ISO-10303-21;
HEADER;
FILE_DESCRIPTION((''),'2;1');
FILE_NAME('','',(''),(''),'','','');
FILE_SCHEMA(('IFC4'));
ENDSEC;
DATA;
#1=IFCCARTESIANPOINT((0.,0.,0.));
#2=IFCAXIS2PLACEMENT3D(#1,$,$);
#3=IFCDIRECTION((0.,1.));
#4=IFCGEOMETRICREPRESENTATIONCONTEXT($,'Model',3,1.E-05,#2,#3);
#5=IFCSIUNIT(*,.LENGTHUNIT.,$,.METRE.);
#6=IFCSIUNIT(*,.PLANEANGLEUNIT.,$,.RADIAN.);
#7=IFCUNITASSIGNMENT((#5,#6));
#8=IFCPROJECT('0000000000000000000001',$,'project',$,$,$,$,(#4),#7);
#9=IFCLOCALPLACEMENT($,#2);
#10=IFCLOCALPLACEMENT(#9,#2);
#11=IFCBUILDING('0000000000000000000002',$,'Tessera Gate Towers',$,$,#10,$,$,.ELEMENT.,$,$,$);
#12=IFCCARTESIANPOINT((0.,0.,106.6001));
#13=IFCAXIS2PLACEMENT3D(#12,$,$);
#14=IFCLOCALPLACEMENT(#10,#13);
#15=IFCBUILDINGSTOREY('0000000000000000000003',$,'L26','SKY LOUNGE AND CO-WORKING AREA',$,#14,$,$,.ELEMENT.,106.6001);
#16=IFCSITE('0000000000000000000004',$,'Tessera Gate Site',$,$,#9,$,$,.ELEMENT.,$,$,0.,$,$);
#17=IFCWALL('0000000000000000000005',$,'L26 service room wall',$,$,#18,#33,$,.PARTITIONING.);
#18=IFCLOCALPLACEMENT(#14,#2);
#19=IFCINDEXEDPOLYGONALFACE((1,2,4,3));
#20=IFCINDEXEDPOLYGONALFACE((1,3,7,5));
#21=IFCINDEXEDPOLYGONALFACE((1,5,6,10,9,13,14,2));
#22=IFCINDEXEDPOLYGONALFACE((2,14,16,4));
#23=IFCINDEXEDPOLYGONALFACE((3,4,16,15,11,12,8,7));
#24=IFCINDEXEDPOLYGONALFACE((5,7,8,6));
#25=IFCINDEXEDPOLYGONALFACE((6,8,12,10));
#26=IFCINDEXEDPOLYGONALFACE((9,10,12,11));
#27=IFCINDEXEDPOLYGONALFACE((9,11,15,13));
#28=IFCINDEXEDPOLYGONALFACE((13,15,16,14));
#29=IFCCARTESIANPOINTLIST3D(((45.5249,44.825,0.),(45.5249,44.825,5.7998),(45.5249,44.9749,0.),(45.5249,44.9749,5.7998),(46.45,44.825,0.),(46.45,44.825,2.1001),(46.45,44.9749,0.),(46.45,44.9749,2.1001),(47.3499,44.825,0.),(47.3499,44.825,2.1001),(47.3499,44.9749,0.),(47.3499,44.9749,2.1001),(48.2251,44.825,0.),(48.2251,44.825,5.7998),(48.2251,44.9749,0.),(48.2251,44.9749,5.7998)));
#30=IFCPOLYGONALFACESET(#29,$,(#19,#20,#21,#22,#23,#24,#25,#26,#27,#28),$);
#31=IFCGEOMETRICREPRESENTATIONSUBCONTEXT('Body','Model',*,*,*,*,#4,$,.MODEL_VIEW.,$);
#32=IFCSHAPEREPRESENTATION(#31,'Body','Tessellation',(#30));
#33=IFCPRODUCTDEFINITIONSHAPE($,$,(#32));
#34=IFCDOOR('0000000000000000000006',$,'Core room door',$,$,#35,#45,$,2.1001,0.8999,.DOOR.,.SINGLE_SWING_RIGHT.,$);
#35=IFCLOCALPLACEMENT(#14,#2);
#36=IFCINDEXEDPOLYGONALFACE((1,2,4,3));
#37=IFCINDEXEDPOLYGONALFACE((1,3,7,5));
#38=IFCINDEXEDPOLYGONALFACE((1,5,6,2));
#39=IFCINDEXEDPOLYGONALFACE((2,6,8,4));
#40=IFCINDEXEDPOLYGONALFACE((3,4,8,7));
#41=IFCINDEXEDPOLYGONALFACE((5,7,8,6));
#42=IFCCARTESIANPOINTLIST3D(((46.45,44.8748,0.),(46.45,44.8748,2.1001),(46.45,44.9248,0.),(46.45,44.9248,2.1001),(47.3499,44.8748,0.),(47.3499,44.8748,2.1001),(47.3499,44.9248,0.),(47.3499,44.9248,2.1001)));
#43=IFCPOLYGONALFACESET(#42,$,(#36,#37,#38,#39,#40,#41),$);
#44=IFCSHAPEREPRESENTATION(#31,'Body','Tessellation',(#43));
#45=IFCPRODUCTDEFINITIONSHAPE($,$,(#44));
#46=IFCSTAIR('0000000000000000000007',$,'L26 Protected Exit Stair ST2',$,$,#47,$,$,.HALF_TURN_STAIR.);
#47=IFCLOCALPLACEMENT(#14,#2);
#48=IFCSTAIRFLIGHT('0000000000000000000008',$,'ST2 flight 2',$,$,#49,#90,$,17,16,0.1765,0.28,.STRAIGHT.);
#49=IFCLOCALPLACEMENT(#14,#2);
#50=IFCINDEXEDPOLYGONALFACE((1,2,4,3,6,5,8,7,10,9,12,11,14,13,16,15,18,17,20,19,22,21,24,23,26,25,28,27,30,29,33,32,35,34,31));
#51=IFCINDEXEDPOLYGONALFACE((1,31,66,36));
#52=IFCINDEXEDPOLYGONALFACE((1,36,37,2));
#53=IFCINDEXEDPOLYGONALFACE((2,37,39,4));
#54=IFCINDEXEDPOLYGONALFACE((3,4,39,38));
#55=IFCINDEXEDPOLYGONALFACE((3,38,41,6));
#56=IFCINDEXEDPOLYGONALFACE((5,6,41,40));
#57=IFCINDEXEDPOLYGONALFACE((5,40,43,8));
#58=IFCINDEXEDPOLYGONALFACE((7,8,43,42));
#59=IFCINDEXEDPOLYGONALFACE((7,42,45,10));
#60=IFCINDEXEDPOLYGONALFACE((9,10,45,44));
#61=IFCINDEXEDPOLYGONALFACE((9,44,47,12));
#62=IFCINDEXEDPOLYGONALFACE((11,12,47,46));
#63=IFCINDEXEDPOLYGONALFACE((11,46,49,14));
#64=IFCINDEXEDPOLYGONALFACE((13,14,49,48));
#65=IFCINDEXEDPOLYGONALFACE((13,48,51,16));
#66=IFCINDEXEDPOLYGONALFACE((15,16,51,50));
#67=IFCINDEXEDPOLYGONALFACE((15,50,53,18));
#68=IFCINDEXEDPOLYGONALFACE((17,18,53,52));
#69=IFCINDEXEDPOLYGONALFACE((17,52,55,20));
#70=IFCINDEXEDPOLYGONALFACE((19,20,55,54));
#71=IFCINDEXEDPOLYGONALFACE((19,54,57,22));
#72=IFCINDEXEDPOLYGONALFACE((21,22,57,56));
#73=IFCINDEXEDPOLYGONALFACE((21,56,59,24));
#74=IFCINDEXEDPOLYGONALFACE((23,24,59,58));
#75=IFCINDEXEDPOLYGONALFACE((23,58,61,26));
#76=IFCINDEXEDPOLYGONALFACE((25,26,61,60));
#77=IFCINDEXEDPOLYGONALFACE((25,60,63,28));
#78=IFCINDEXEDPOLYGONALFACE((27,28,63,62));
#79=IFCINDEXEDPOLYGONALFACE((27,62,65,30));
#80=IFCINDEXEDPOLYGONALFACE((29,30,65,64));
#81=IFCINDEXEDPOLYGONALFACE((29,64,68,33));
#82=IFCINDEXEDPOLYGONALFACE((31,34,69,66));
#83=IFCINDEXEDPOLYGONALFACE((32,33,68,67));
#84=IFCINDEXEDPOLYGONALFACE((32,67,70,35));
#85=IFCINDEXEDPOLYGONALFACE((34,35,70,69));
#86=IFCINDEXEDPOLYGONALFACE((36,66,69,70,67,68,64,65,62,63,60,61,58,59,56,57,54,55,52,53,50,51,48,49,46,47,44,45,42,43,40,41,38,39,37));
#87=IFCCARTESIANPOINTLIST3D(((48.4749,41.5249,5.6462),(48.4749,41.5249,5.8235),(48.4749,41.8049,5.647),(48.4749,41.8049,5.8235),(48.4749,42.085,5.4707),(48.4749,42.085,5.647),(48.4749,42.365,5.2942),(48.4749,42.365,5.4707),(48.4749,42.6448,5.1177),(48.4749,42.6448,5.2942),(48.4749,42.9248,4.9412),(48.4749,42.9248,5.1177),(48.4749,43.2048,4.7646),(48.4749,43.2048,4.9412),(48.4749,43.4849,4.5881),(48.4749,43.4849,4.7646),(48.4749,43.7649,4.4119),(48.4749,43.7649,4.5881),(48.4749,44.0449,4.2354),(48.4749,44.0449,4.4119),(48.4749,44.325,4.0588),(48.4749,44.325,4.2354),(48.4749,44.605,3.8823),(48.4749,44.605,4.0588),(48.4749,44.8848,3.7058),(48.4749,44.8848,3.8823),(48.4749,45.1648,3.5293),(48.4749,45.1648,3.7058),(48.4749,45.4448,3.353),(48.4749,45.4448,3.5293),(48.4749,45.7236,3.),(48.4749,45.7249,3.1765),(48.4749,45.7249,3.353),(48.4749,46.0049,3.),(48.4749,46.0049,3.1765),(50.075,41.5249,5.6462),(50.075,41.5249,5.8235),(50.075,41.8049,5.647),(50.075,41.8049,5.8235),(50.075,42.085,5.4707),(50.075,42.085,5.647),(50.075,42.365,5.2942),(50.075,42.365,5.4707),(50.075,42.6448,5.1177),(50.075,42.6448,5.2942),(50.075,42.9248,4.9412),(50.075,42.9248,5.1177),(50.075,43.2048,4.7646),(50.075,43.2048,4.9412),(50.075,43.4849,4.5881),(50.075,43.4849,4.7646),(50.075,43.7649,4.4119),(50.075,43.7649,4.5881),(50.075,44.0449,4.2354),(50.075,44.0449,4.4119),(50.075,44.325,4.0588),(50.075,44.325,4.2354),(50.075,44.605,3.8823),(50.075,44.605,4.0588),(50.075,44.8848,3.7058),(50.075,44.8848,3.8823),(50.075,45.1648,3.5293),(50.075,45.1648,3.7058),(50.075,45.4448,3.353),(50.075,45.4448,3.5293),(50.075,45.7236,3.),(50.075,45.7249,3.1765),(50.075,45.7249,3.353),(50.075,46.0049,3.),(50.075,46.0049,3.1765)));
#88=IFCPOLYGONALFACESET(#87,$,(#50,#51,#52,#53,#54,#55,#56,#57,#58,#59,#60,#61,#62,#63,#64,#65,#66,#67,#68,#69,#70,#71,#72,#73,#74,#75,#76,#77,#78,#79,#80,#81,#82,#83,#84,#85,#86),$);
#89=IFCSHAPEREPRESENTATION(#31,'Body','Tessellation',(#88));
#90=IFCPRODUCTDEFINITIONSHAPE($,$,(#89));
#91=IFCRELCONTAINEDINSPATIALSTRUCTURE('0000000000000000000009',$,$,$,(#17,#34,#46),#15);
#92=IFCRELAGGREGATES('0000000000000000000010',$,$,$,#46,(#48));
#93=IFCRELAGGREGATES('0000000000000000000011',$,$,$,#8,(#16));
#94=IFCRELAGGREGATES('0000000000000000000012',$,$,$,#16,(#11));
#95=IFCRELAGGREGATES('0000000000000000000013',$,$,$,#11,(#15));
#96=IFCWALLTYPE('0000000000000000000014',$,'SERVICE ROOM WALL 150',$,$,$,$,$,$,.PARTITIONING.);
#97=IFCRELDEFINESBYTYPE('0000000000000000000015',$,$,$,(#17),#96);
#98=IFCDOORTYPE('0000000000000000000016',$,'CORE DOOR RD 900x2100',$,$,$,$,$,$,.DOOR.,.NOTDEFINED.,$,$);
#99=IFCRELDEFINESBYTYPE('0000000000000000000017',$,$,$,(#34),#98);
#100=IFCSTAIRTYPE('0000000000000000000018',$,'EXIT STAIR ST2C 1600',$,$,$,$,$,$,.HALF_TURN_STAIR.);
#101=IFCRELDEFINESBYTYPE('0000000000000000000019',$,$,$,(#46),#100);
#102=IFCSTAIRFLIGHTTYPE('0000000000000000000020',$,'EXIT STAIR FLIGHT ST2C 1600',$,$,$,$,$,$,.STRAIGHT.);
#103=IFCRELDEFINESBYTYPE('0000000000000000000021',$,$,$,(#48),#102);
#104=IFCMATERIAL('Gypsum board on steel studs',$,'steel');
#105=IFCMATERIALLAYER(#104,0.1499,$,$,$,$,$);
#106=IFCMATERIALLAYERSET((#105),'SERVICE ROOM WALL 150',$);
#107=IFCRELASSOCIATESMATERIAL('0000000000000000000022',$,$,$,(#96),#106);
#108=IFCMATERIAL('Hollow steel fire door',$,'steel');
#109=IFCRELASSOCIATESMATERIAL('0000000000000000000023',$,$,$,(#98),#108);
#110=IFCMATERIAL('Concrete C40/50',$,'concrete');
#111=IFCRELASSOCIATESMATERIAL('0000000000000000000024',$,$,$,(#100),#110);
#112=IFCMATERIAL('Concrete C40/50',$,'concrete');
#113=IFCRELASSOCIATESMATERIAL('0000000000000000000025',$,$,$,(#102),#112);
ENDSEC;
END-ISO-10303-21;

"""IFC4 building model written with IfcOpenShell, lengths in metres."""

from ifc_helpers import new_model, si_unit, direction, frame, frame_2d, origin, place, context, subcontext, project, spatial, polyline, rectangle, outline, extrude, source, transform, mapped, material, layer, layer_set, type_object, element, fill, aggregate, save


model = new_model("IFC4")

# Units and contexts
model_context = context("Model", 3, precision=1e-05, world=origin(), true_north=direction((0.0, 1.0)))
body_context = subcontext(model_context, "Body", "Model", "MODEL_VIEW")
ifc_project = project(units=[si_unit("LENGTHUNIT", "METRE"), si_unit("PLANEANGLEUNIT", "RADIAN")], contexts=[model_context])

# Site, building, storey
site_placement = place(None, origin())
site = spatial("IfcSite", under=ifc_project, at=site_placement, Name="Tessera Gate Site", CompositionType="ELEMENT", RefElevation=0.0)
building_placement = place(site_placement, origin())
building = spatial("IfcBuilding", under=site, at=building_placement, Name="Tessera Gate Towers", CompositionType="ELEMENT")
storey_placement = place(building_placement, frame((0.0, 0.0, 106.6001)))
storey = spatial("IfcBuildingStorey", under=building, at=storey_placement, Name="L26", Description="SKY LOUNGE AND CO-WORKING AREA", CompositionType="ELEMENT", Elevation=106.6001)

# Wall, opening, door
ifc_material_1 = material(Name="Gypsum board on steel studs", Category="steel")
ifc_layer_1 = layer(ifc_material_1, 0.1499)
ifc_layer_set_1 = layer_set([ifc_layer_1], Name="SERVICE ROOM WALL 150")
wall_type_1 = type_object("IfcWallType", Name="SERVICE ROOM WALL 150", PredefinedType="PARTITIONING", material=ifc_layer_set_1)
wall_1_placement = place(storey_placement, frame((45.5249, 44.8999, 0.0), z_axis=(0.0, 0.0, 1.0), x_axis=(1.0, 0.0, 0.0)))
wall_1 = element("IfcWall", 1, at=wall_1_placement, inside=storey, type_object=wall_type_1, Name="L26 service room wall", PredefinedType="PARTITIONING", context=body_context, shape_type="SweptSolid", body=[
    extrude(rectangle(XDim=2.7002, YDim=0.1499, at=frame_2d((1.3501, 0.0))), origin(), (0.0, 0.0, 1.0), 5.7998),
])
shared_shape_1 = source(origin(), body_context, "Body", "SweptSolid", [
    extrude(rectangle(XDim=0.8999, YDim=2.1001, at=frame_2d((0.45, 1.05))), frame((0.0, 0.085, 0.0), z_axis=(0.0, -1.0, 0.0), x_axis=(1.0, 0.0, 0.0)), (0.0, 0.0, 1.0), 0.1699),
])
opening_1_placement = place(wall_1_placement, frame((0.925, 0.0, 0.0)))
opening_1 = element("IfcOpeningElement", 2, at=opening_1_placement, cuts=wall_1, PredefinedType="OPENING", context=body_context, shape_type="MappedRepresentation", body=[
    mapped(shared_shape_1, transform((0.0, 0.0, 0.0), scale=1.0)),
])
ifc_material_2 = material(Name="Hollow steel fire door", Category="steel")
door_type_1 = type_object("IfcDoorType", Name="CORE DOOR RD 900x2100", OperationType="NOTDEFINED", PredefinedType="DOOR", material=ifc_material_2)
shared_shape_2 = source(origin(), body_context, "Body", "SweptSolid", [
    extrude(rectangle(XDim=0.8999, YDim=2.1001, at=frame_2d((0.45, 1.05))), frame((0.0, 0.0249, 0.0), z_axis=(0.0, -1.0, 0.0), x_axis=(1.0, 0.0, 0.0)), (0.0, 0.0, 1.0), 0.05),
])
door_1_placement = place(opening_1_placement, origin())
door_1 = element("IfcDoor", 3, at=door_1_placement, inside=storey, type_object=door_type_1, Name="Core room door", OperationType="SINGLE_SWING_RIGHT", OverallHeight=2.1001, OverallWidth=0.8999, PredefinedType="DOOR", context=body_context, shape_type="MappedRepresentation", body=[
    mapped(shared_shape_2, transform((0.0, 0.0, 0.0), scale=1.0)),
])
fill(opening_1, door_1)

# Stair, stair flight
ifc_material_3 = material(Name="Concrete C40/50", Category="concrete")
stair_type = type_object("IfcStairType", Name="EXIT STAIR ST2C 1600", PredefinedType="HALF_TURN_STAIR", material=ifc_material_3)
stair_placement = place(storey_placement, origin())
stair = element("IfcStair", 4, at=stair_placement, inside=storey, type_object=stair_type, Name="L26 Protected Exit Stair ST2", PredefinedType="HALF_TURN_STAIR")
ifc_material_4 = material(Name="Concrete C40/50", Category="concrete")
stair_flight_type = type_object("IfcStairFlightType", Name="EXIT STAIR FLIGHT ST2C 1600", PredefinedType="STRAIGHT", material=ifc_material_4)
stair_flight_placement = place(storey_placement, frame((49.2749, 46.0049, 3.0), z_axis=(0.0, 0.0, 1.0), x_axis=(0.0, -1.0, 0.0)))
stair_flight = element("IfcStairFlight", 5, at=stair_flight_placement, type_object=stair_flight_type, Name="ST2 flight 2", NumberOfRisers=17, NumberOfTreads=16, PredefinedType="STRAIGHT", RiserHeight=0.1765, TreadLength=0.28, context=body_context, shape_type="SweptSolid", body=[
    extrude(outline(polyline([(0.0, 0.0), (0.0, 0.1765), (0.28, 0.1765), (0.28, 0.353), (0.5601, 0.353), (0.5601, 0.5293), (0.8401, 0.5293), (0.8401, 0.7058), (1.1201, 0.7058), (1.1201, 0.8823), (1.3999, 0.8823), (1.3999, 1.0588), (1.6799, 1.0588), (1.6799, 1.2354), (1.96, 1.2354), (1.96, 1.4119), (2.24, 1.4119), (2.24, 1.5881), (2.52, 1.5881), (2.52, 1.7646), (2.8, 1.7646), (2.8, 1.9412), (3.0801, 1.9412), (3.0801, 2.1177), (3.3601, 2.1177), (3.3601, 2.2942), (3.6399, 2.2942), (3.6399, 2.4707), (3.9199, 2.4707), (3.9199, 2.647), (4.2, 2.647), (4.2, 2.8235), (4.48, 2.8235), (4.48, 3.0), (4.48, 2.6462), (0.2812, 0.0), (0.0, 0.0)])), frame((0.0, 0.8, 0.0), z_axis=(0.0, -1.0, 0.0), x_axis=(1.0, 0.0, 0.0)), (0.0, 0.0, 1.0), 1.6001),
])
aggregate(stair, [stair_flight])

save(model, "model.ifc")
